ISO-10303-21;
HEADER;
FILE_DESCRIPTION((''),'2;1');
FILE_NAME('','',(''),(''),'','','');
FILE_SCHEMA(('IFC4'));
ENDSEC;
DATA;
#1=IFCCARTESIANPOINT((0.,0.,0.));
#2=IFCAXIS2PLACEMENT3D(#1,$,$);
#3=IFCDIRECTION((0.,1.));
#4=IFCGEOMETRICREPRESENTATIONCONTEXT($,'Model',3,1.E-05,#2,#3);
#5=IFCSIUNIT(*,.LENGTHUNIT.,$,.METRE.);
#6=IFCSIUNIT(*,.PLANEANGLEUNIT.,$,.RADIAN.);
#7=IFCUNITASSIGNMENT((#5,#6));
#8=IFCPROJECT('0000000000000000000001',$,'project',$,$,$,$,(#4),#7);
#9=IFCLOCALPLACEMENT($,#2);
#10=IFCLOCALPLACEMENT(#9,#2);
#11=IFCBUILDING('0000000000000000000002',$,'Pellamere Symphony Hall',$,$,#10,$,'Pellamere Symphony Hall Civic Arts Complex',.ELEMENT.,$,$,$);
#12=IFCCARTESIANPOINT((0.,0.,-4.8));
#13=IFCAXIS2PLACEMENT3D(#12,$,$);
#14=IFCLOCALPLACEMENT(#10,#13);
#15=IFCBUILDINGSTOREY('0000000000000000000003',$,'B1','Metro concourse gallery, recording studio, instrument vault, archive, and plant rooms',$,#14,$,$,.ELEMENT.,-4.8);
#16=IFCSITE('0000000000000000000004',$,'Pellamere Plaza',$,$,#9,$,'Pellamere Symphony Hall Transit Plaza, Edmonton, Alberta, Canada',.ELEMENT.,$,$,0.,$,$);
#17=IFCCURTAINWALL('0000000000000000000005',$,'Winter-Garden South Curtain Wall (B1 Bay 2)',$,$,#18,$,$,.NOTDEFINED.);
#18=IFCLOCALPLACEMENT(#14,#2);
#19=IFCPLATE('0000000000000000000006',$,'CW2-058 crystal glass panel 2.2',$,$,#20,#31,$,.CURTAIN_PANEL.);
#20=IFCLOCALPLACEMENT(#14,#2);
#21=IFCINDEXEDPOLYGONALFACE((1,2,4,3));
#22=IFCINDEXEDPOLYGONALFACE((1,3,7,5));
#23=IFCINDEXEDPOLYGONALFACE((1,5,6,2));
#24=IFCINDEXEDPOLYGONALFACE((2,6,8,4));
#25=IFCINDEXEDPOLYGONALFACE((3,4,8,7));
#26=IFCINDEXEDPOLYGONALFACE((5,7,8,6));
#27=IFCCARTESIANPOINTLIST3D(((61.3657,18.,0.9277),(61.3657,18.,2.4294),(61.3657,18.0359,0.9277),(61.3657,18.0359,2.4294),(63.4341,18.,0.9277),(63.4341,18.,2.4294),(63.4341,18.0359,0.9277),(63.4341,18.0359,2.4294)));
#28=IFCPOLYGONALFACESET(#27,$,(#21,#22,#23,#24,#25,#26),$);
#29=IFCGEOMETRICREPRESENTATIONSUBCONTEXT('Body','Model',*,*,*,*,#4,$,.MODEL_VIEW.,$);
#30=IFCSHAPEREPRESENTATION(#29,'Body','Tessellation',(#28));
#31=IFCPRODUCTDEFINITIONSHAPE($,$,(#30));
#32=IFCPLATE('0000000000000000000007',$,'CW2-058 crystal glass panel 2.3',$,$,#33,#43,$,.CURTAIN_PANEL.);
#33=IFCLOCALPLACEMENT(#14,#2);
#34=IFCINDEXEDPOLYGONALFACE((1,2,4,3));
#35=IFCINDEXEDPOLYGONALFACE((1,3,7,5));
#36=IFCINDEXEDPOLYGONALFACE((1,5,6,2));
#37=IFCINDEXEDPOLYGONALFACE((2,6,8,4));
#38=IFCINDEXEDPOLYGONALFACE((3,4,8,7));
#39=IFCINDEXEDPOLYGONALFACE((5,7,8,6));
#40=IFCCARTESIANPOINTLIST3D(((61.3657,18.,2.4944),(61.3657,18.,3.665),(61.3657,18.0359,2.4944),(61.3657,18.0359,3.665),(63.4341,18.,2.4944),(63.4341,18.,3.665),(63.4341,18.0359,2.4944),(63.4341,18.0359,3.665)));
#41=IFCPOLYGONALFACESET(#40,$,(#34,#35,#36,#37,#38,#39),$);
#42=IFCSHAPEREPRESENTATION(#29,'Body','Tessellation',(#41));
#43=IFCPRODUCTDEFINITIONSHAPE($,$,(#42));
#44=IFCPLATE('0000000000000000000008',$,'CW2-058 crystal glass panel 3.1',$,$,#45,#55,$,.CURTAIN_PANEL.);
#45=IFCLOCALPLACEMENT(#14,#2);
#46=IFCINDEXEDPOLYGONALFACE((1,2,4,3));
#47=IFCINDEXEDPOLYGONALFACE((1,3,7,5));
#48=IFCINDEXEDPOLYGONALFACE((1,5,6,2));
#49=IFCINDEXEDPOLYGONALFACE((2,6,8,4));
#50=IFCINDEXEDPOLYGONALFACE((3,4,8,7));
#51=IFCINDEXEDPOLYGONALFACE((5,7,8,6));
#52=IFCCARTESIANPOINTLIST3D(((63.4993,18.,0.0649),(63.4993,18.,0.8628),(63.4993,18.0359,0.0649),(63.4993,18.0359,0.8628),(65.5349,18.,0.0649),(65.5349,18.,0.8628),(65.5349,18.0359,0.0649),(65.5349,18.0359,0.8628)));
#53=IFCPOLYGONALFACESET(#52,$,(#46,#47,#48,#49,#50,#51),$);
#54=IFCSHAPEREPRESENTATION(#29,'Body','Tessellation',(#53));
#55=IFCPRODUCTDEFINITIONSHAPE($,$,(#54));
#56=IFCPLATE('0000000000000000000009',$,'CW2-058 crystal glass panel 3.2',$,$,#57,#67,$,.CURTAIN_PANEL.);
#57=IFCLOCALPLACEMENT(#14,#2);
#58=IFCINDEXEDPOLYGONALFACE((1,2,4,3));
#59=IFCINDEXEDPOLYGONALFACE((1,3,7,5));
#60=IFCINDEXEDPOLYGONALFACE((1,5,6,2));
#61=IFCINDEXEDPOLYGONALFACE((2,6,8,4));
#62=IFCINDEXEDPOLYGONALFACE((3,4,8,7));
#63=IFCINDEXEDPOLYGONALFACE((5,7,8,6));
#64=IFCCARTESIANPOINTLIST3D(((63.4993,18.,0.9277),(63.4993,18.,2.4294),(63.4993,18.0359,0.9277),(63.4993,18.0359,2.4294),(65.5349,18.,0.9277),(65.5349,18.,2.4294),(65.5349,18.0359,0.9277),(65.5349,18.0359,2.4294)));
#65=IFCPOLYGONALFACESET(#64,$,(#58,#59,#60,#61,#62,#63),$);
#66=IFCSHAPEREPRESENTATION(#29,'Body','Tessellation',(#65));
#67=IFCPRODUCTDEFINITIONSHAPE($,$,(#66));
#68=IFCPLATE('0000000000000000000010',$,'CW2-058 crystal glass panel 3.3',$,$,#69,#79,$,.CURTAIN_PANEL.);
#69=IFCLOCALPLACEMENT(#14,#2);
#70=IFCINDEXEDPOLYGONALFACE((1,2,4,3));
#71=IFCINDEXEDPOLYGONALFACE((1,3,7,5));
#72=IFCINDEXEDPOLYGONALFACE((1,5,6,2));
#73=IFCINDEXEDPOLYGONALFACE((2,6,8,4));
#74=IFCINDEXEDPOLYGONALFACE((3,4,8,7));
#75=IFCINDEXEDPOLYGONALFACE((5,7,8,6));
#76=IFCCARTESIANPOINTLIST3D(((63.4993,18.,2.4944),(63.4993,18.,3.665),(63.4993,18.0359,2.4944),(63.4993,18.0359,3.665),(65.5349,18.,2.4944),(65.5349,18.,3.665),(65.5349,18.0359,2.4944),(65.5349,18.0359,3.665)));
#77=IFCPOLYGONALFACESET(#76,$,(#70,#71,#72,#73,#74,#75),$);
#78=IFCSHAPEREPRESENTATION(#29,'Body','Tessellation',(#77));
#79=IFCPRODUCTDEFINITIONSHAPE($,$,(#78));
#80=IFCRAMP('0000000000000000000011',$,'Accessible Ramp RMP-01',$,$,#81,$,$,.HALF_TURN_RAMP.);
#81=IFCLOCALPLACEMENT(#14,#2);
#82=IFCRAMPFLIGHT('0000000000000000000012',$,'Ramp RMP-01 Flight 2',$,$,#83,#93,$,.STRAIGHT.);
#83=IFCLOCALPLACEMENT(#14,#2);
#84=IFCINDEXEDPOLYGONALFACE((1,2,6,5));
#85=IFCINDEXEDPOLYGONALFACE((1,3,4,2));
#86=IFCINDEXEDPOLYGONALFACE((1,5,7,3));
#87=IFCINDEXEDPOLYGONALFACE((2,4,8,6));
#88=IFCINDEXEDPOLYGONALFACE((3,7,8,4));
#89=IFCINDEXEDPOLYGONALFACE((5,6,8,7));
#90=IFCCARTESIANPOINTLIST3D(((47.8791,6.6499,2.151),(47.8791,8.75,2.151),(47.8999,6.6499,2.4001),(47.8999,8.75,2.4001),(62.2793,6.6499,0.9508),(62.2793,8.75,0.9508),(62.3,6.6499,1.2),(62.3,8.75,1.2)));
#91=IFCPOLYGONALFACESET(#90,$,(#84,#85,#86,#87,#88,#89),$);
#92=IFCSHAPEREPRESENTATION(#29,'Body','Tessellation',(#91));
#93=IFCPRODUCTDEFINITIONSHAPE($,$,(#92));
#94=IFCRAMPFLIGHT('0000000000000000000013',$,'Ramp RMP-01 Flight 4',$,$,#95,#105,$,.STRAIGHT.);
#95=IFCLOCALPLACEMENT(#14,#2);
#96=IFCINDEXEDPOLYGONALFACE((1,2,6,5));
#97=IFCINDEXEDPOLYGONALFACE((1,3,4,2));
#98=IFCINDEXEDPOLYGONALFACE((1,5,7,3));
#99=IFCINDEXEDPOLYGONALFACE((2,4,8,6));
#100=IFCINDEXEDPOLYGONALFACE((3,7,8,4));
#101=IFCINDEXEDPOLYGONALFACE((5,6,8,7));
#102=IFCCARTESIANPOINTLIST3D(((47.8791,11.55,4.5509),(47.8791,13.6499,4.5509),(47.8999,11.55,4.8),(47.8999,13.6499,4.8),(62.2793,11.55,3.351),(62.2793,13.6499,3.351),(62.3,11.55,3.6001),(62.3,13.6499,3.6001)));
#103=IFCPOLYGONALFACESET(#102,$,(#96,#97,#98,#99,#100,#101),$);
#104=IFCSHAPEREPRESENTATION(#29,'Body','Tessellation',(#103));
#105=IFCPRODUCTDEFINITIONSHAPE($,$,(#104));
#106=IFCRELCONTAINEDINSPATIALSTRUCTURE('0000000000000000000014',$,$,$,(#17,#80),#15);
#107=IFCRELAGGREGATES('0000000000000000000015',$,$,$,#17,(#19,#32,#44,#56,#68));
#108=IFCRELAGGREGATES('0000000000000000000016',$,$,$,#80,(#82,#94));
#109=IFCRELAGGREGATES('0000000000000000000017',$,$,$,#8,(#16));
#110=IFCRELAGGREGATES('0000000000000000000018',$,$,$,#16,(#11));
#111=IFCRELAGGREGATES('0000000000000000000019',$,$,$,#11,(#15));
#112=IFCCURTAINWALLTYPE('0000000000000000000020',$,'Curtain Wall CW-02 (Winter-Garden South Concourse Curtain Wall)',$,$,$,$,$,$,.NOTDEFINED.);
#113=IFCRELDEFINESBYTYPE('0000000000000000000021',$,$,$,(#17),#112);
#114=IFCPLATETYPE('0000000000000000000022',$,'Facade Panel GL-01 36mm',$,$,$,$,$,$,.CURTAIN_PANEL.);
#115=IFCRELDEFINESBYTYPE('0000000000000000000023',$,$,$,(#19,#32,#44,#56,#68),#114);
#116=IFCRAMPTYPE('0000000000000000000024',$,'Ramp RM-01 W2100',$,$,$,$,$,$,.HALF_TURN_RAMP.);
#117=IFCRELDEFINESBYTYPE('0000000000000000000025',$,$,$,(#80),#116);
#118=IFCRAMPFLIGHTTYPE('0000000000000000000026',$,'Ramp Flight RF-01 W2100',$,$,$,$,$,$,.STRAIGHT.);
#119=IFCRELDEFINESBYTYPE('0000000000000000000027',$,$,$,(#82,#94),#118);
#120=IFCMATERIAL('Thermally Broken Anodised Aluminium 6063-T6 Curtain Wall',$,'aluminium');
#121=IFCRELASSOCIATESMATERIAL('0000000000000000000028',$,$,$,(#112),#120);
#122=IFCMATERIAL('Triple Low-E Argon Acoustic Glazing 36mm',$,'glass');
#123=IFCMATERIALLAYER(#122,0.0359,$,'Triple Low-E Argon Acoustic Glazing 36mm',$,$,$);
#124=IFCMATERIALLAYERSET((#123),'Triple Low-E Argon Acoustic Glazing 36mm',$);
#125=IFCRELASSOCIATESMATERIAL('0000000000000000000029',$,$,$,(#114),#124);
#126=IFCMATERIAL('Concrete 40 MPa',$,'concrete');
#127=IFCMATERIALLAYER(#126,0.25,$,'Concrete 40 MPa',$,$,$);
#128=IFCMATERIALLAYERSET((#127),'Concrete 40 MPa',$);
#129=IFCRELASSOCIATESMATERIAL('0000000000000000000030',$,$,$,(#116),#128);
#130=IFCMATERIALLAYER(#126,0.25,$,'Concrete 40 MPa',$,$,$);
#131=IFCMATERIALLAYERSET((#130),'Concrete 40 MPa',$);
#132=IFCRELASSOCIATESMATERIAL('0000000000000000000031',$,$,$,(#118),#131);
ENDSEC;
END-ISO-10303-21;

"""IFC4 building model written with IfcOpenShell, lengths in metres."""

from ifc_helpers import new_model, si_unit, direction, frame, origin, place, context, subcontext, project, spatial, polyline, outline, extrude, material, layer, layer_set, type_object, element, aggregate, save


model = new_model("IFC4")

# Units and contexts
model_context = context("Model", 3, precision=1e-05, world=origin(), true_north=direction((0.0, 1.0)))
body_context = subcontext(model_context, "Body", "Model", "MODEL_VIEW")
ifc_project = project(units=[si_unit("LENGTHUNIT", "METRE"), si_unit("PLANEANGLEUNIT", "RADIAN")], contexts=[model_context])

# Site, building, storey
site_placement = place(None, origin())
site = spatial("IfcSite", under=ifc_project, at=site_placement, Name="Pellamere Plaza", LongName="Pellamere Symphony Hall Transit Plaza, Edmonton, Alberta, Canada", CompositionType="ELEMENT", RefElevation=0.0)
building_placement = place(site_placement, origin())
building = spatial("IfcBuilding", under=site, at=building_placement, Name="Pellamere Symphony Hall", LongName="Pellamere Symphony Hall Civic Arts Complex", CompositionType="ELEMENT")
storey_placement = place(building_placement, frame((0.0, 0.0, -4.8)))
storey = spatial("IfcBuildingStorey", under=building, at=storey_placement, Name="B1", Description="Metro concourse gallery, recording studio, instrument vault, archive, and plant rooms", CompositionType="ELEMENT", Elevation=-4.8)

# Shared definitions
ifc_material_1 = material(Name="Concrete 40 MPa", Category="concrete")

# Curtain wall, plates
ifc_material_2 = material(Name="Thermally Broken Anodised Aluminium 6063-T6 Curtain Wall", Category="aluminium")
curtain_wall_type = type_object("IfcCurtainWallType", Name="Curtain Wall CW-02 (Winter-Garden South Concourse Curtain Wall)", PredefinedType="NOTDEFINED", material=ifc_material_2)
curtain_wall_placement = place(storey_placement, origin())
curtain_wall = element("IfcCurtainWall", 1, at=curtain_wall_placement, inside=storey, type_object=curtain_wall_type, Name="Winter-Garden South Curtain Wall (B1 Bay 2)", PredefinedType="NOTDEFINED")
ifc_material_3 = material(Name="Triple Low-E Argon Acoustic Glazing 36mm", Category="glass")
ifc_layer_1 = layer(ifc_material_3, 0.0359, Name="Triple Low-E Argon Acoustic Glazing 36mm")
ifc_layer_set_1 = layer_set([ifc_layer_1], Name="Triple Low-E Argon Acoustic Glazing 36mm")
plate_type = type_object("IfcPlateType", Name="Facade Panel GL-01 36mm", PredefinedType="CURTAIN_PANEL", material=ifc_layer_set_1)
plate_1_placement = place(storey_placement, frame((61.3657, 18.0, 0.9277), z_axis=(0.0, -1.0, 0.0), x_axis=(1.0, 0.0, 0.0)))
plate_1 = element("IfcPlate", 2, at=plate_1_placement, type_object=plate_type, Name="CW2-058 crystal glass panel 2.2", PredefinedType="CURTAIN_PANEL", context=body_context, shape_type="SweptSolid", body=[
    extrude(outline(polyline([(0.0, 0.0), (2.0684, 0.0), (2.0684, 1.5017), (0.0, 1.5017), (0.0, 0.0)])), origin(), (0.0, 0.0, -1.0), 0.0359),
])
plate_2_placement = place(storey_placement, frame((61.3657, 18.0, 2.4944), z_axis=(0.0, -1.0, 0.0), x_axis=(1.0, 0.0, 0.0)))
plate_2 = element("IfcPlate", 3, at=plate_2_placement, type_object=plate_type, Name="CW2-058 crystal glass panel 2.3", PredefinedType="CURTAIN_PANEL", context=body_context, shape_type="SweptSolid", body=[
    extrude(outline(polyline([(0.0, 0.0), (2.0684, 0.0), (2.0684, 1.1707), (0.0, 1.1707), (0.0, 0.0)])), origin(), (0.0, 0.0, -1.0), 0.0359),
])
plate_3_placement = place(storey_placement, frame((63.4993, 18.0, 0.0649), z_axis=(0.0, -1.0, 0.0), x_axis=(1.0, 0.0, 0.0)))
plate_3 = element("IfcPlate", 4, at=plate_3_placement, type_object=plate_type, Name="CW2-058 crystal glass panel 3.1", PredefinedType="CURTAIN_PANEL", context=body_context, shape_type="SweptSolid", body=[
    extrude(outline(polyline([(0.0, 0.0), (2.0356, 0.0), (2.0356, 0.7979), (0.0, 0.7979), (0.0, 0.0)])), origin(), (0.0, 0.0, -1.0), 0.0359),
])
plate_4_placement = place(storey_placement, frame((63.4993, 18.0, 0.9277), z_axis=(0.0, -1.0, 0.0), x_axis=(1.0, 0.0, 0.0)))
plate_4 = element("IfcPlate", 5, at=plate_4_placement, type_object=plate_type, Name="CW2-058 crystal glass panel 3.2", PredefinedType="CURTAIN_PANEL", context=body_context, shape_type="SweptSolid", body=[
    extrude(outline(polyline([(0.0, 0.0), (2.0356, 0.0), (2.0356, 1.5017), (0.0, 1.5017), (0.0, 0.0)])), origin(), (0.0, 0.0, -1.0), 0.0359),
])
plate_5_placement = place(storey_placement, frame((63.4993, 18.0, 2.4944), z_axis=(0.0, -1.0, 0.0), x_axis=(1.0, 0.0, 0.0)))
plate_5 = element("IfcPlate", 6, at=plate_5_placement, type_object=plate_type, Name="CW2-058 crystal glass panel 3.3", PredefinedType="CURTAIN_PANEL", context=body_context, shape_type="SweptSolid", body=[
    extrude(outline(polyline([(0.0, 0.0), (2.0356, 0.0), (2.0356, 1.1707), (0.0, 1.1707), (0.0, 0.0)])), origin(), (0.0, 0.0, -1.0), 0.0359),
])
aggregate(curtain_wall, [plate_1, plate_2, plate_3, plate_4, plate_5])

# Ramp, ramp flights
ifc_layer_2 = layer(ifc_material_1, 0.25, Name="Concrete 40 MPa")
ifc_layer_set_2 = layer_set([ifc_layer_2], Name="Concrete 40 MPa")
ramp_type = type_object("IfcRampType", Name="Ramp RM-01 W2100", PredefinedType="HALF_TURN_RAMP", material=ifc_layer_set_2)
ramp_placement = place(storey_placement, origin())
ramp = element("IfcRamp", 7, at=ramp_placement, inside=storey, type_object=ramp_type, Name="Accessible Ramp RMP-01", PredefinedType="HALF_TURN_RAMP")
ifc_layer_3 = layer(ifc_material_1, 0.25, Name="Concrete 40 MPa")
ifc_layer_set_3 = layer_set([ifc_layer_3], Name="Concrete 40 MPa")
ramp_flight_type = type_object("IfcRampFlightType", Name="Ramp Flight RF-01 W2100", PredefinedType="STRAIGHT", material=ifc_layer_set_3)
ramp_flight_1_placement = place(storey_placement, frame((62.3, 8.75, 1.2), z_axis=(0.083058, 0.0, 0.996545), x_axis=(-0.996545, 0.0, 0.083058)))
ramp_flight_1 = element("IfcRampFlight", 8, at=ramp_flight_1_placement, type_object=ramp_flight_type, Name="Ramp RMP-01 Flight 2", PredefinedType="STRAIGHT", context=body_context, shape_type="SweptSolid", body=[
    extrude(outline(polyline([(0.0, 0.0), (14.4501, 0.0), (14.4501, 2.1001), (0.0, 2.1001), (0.0, 0.0)])), origin(), (0.0, 0.0, -1.0), 0.25),
])
ramp_flight_2_placement = place(storey_placement, frame((62.3, 13.6499, 3.6001), z_axis=(0.083041, 0.0, 0.996546), x_axis=(-0.996546, 0.0, 0.083041)))
ramp_flight_2 = element("IfcRampFlight", 9, at=ramp_flight_2_placement, type_object=ramp_flight_type, Name="Ramp RMP-01 Flight 4", PredefinedType="STRAIGHT", context=body_context, shape_type="SweptSolid", body=[
    extrude(outline(polyline([(0.0, 0.0), (14.4501, 0.0), (14.4501, 2.0999), (0.0, 2.0999), (0.0, 0.0)])), origin(), (0.0, 0.0, -1.0), 0.25),
])
aggregate(ramp, [ramp_flight_1, ramp_flight_2])

save(model, "model.ifc")
